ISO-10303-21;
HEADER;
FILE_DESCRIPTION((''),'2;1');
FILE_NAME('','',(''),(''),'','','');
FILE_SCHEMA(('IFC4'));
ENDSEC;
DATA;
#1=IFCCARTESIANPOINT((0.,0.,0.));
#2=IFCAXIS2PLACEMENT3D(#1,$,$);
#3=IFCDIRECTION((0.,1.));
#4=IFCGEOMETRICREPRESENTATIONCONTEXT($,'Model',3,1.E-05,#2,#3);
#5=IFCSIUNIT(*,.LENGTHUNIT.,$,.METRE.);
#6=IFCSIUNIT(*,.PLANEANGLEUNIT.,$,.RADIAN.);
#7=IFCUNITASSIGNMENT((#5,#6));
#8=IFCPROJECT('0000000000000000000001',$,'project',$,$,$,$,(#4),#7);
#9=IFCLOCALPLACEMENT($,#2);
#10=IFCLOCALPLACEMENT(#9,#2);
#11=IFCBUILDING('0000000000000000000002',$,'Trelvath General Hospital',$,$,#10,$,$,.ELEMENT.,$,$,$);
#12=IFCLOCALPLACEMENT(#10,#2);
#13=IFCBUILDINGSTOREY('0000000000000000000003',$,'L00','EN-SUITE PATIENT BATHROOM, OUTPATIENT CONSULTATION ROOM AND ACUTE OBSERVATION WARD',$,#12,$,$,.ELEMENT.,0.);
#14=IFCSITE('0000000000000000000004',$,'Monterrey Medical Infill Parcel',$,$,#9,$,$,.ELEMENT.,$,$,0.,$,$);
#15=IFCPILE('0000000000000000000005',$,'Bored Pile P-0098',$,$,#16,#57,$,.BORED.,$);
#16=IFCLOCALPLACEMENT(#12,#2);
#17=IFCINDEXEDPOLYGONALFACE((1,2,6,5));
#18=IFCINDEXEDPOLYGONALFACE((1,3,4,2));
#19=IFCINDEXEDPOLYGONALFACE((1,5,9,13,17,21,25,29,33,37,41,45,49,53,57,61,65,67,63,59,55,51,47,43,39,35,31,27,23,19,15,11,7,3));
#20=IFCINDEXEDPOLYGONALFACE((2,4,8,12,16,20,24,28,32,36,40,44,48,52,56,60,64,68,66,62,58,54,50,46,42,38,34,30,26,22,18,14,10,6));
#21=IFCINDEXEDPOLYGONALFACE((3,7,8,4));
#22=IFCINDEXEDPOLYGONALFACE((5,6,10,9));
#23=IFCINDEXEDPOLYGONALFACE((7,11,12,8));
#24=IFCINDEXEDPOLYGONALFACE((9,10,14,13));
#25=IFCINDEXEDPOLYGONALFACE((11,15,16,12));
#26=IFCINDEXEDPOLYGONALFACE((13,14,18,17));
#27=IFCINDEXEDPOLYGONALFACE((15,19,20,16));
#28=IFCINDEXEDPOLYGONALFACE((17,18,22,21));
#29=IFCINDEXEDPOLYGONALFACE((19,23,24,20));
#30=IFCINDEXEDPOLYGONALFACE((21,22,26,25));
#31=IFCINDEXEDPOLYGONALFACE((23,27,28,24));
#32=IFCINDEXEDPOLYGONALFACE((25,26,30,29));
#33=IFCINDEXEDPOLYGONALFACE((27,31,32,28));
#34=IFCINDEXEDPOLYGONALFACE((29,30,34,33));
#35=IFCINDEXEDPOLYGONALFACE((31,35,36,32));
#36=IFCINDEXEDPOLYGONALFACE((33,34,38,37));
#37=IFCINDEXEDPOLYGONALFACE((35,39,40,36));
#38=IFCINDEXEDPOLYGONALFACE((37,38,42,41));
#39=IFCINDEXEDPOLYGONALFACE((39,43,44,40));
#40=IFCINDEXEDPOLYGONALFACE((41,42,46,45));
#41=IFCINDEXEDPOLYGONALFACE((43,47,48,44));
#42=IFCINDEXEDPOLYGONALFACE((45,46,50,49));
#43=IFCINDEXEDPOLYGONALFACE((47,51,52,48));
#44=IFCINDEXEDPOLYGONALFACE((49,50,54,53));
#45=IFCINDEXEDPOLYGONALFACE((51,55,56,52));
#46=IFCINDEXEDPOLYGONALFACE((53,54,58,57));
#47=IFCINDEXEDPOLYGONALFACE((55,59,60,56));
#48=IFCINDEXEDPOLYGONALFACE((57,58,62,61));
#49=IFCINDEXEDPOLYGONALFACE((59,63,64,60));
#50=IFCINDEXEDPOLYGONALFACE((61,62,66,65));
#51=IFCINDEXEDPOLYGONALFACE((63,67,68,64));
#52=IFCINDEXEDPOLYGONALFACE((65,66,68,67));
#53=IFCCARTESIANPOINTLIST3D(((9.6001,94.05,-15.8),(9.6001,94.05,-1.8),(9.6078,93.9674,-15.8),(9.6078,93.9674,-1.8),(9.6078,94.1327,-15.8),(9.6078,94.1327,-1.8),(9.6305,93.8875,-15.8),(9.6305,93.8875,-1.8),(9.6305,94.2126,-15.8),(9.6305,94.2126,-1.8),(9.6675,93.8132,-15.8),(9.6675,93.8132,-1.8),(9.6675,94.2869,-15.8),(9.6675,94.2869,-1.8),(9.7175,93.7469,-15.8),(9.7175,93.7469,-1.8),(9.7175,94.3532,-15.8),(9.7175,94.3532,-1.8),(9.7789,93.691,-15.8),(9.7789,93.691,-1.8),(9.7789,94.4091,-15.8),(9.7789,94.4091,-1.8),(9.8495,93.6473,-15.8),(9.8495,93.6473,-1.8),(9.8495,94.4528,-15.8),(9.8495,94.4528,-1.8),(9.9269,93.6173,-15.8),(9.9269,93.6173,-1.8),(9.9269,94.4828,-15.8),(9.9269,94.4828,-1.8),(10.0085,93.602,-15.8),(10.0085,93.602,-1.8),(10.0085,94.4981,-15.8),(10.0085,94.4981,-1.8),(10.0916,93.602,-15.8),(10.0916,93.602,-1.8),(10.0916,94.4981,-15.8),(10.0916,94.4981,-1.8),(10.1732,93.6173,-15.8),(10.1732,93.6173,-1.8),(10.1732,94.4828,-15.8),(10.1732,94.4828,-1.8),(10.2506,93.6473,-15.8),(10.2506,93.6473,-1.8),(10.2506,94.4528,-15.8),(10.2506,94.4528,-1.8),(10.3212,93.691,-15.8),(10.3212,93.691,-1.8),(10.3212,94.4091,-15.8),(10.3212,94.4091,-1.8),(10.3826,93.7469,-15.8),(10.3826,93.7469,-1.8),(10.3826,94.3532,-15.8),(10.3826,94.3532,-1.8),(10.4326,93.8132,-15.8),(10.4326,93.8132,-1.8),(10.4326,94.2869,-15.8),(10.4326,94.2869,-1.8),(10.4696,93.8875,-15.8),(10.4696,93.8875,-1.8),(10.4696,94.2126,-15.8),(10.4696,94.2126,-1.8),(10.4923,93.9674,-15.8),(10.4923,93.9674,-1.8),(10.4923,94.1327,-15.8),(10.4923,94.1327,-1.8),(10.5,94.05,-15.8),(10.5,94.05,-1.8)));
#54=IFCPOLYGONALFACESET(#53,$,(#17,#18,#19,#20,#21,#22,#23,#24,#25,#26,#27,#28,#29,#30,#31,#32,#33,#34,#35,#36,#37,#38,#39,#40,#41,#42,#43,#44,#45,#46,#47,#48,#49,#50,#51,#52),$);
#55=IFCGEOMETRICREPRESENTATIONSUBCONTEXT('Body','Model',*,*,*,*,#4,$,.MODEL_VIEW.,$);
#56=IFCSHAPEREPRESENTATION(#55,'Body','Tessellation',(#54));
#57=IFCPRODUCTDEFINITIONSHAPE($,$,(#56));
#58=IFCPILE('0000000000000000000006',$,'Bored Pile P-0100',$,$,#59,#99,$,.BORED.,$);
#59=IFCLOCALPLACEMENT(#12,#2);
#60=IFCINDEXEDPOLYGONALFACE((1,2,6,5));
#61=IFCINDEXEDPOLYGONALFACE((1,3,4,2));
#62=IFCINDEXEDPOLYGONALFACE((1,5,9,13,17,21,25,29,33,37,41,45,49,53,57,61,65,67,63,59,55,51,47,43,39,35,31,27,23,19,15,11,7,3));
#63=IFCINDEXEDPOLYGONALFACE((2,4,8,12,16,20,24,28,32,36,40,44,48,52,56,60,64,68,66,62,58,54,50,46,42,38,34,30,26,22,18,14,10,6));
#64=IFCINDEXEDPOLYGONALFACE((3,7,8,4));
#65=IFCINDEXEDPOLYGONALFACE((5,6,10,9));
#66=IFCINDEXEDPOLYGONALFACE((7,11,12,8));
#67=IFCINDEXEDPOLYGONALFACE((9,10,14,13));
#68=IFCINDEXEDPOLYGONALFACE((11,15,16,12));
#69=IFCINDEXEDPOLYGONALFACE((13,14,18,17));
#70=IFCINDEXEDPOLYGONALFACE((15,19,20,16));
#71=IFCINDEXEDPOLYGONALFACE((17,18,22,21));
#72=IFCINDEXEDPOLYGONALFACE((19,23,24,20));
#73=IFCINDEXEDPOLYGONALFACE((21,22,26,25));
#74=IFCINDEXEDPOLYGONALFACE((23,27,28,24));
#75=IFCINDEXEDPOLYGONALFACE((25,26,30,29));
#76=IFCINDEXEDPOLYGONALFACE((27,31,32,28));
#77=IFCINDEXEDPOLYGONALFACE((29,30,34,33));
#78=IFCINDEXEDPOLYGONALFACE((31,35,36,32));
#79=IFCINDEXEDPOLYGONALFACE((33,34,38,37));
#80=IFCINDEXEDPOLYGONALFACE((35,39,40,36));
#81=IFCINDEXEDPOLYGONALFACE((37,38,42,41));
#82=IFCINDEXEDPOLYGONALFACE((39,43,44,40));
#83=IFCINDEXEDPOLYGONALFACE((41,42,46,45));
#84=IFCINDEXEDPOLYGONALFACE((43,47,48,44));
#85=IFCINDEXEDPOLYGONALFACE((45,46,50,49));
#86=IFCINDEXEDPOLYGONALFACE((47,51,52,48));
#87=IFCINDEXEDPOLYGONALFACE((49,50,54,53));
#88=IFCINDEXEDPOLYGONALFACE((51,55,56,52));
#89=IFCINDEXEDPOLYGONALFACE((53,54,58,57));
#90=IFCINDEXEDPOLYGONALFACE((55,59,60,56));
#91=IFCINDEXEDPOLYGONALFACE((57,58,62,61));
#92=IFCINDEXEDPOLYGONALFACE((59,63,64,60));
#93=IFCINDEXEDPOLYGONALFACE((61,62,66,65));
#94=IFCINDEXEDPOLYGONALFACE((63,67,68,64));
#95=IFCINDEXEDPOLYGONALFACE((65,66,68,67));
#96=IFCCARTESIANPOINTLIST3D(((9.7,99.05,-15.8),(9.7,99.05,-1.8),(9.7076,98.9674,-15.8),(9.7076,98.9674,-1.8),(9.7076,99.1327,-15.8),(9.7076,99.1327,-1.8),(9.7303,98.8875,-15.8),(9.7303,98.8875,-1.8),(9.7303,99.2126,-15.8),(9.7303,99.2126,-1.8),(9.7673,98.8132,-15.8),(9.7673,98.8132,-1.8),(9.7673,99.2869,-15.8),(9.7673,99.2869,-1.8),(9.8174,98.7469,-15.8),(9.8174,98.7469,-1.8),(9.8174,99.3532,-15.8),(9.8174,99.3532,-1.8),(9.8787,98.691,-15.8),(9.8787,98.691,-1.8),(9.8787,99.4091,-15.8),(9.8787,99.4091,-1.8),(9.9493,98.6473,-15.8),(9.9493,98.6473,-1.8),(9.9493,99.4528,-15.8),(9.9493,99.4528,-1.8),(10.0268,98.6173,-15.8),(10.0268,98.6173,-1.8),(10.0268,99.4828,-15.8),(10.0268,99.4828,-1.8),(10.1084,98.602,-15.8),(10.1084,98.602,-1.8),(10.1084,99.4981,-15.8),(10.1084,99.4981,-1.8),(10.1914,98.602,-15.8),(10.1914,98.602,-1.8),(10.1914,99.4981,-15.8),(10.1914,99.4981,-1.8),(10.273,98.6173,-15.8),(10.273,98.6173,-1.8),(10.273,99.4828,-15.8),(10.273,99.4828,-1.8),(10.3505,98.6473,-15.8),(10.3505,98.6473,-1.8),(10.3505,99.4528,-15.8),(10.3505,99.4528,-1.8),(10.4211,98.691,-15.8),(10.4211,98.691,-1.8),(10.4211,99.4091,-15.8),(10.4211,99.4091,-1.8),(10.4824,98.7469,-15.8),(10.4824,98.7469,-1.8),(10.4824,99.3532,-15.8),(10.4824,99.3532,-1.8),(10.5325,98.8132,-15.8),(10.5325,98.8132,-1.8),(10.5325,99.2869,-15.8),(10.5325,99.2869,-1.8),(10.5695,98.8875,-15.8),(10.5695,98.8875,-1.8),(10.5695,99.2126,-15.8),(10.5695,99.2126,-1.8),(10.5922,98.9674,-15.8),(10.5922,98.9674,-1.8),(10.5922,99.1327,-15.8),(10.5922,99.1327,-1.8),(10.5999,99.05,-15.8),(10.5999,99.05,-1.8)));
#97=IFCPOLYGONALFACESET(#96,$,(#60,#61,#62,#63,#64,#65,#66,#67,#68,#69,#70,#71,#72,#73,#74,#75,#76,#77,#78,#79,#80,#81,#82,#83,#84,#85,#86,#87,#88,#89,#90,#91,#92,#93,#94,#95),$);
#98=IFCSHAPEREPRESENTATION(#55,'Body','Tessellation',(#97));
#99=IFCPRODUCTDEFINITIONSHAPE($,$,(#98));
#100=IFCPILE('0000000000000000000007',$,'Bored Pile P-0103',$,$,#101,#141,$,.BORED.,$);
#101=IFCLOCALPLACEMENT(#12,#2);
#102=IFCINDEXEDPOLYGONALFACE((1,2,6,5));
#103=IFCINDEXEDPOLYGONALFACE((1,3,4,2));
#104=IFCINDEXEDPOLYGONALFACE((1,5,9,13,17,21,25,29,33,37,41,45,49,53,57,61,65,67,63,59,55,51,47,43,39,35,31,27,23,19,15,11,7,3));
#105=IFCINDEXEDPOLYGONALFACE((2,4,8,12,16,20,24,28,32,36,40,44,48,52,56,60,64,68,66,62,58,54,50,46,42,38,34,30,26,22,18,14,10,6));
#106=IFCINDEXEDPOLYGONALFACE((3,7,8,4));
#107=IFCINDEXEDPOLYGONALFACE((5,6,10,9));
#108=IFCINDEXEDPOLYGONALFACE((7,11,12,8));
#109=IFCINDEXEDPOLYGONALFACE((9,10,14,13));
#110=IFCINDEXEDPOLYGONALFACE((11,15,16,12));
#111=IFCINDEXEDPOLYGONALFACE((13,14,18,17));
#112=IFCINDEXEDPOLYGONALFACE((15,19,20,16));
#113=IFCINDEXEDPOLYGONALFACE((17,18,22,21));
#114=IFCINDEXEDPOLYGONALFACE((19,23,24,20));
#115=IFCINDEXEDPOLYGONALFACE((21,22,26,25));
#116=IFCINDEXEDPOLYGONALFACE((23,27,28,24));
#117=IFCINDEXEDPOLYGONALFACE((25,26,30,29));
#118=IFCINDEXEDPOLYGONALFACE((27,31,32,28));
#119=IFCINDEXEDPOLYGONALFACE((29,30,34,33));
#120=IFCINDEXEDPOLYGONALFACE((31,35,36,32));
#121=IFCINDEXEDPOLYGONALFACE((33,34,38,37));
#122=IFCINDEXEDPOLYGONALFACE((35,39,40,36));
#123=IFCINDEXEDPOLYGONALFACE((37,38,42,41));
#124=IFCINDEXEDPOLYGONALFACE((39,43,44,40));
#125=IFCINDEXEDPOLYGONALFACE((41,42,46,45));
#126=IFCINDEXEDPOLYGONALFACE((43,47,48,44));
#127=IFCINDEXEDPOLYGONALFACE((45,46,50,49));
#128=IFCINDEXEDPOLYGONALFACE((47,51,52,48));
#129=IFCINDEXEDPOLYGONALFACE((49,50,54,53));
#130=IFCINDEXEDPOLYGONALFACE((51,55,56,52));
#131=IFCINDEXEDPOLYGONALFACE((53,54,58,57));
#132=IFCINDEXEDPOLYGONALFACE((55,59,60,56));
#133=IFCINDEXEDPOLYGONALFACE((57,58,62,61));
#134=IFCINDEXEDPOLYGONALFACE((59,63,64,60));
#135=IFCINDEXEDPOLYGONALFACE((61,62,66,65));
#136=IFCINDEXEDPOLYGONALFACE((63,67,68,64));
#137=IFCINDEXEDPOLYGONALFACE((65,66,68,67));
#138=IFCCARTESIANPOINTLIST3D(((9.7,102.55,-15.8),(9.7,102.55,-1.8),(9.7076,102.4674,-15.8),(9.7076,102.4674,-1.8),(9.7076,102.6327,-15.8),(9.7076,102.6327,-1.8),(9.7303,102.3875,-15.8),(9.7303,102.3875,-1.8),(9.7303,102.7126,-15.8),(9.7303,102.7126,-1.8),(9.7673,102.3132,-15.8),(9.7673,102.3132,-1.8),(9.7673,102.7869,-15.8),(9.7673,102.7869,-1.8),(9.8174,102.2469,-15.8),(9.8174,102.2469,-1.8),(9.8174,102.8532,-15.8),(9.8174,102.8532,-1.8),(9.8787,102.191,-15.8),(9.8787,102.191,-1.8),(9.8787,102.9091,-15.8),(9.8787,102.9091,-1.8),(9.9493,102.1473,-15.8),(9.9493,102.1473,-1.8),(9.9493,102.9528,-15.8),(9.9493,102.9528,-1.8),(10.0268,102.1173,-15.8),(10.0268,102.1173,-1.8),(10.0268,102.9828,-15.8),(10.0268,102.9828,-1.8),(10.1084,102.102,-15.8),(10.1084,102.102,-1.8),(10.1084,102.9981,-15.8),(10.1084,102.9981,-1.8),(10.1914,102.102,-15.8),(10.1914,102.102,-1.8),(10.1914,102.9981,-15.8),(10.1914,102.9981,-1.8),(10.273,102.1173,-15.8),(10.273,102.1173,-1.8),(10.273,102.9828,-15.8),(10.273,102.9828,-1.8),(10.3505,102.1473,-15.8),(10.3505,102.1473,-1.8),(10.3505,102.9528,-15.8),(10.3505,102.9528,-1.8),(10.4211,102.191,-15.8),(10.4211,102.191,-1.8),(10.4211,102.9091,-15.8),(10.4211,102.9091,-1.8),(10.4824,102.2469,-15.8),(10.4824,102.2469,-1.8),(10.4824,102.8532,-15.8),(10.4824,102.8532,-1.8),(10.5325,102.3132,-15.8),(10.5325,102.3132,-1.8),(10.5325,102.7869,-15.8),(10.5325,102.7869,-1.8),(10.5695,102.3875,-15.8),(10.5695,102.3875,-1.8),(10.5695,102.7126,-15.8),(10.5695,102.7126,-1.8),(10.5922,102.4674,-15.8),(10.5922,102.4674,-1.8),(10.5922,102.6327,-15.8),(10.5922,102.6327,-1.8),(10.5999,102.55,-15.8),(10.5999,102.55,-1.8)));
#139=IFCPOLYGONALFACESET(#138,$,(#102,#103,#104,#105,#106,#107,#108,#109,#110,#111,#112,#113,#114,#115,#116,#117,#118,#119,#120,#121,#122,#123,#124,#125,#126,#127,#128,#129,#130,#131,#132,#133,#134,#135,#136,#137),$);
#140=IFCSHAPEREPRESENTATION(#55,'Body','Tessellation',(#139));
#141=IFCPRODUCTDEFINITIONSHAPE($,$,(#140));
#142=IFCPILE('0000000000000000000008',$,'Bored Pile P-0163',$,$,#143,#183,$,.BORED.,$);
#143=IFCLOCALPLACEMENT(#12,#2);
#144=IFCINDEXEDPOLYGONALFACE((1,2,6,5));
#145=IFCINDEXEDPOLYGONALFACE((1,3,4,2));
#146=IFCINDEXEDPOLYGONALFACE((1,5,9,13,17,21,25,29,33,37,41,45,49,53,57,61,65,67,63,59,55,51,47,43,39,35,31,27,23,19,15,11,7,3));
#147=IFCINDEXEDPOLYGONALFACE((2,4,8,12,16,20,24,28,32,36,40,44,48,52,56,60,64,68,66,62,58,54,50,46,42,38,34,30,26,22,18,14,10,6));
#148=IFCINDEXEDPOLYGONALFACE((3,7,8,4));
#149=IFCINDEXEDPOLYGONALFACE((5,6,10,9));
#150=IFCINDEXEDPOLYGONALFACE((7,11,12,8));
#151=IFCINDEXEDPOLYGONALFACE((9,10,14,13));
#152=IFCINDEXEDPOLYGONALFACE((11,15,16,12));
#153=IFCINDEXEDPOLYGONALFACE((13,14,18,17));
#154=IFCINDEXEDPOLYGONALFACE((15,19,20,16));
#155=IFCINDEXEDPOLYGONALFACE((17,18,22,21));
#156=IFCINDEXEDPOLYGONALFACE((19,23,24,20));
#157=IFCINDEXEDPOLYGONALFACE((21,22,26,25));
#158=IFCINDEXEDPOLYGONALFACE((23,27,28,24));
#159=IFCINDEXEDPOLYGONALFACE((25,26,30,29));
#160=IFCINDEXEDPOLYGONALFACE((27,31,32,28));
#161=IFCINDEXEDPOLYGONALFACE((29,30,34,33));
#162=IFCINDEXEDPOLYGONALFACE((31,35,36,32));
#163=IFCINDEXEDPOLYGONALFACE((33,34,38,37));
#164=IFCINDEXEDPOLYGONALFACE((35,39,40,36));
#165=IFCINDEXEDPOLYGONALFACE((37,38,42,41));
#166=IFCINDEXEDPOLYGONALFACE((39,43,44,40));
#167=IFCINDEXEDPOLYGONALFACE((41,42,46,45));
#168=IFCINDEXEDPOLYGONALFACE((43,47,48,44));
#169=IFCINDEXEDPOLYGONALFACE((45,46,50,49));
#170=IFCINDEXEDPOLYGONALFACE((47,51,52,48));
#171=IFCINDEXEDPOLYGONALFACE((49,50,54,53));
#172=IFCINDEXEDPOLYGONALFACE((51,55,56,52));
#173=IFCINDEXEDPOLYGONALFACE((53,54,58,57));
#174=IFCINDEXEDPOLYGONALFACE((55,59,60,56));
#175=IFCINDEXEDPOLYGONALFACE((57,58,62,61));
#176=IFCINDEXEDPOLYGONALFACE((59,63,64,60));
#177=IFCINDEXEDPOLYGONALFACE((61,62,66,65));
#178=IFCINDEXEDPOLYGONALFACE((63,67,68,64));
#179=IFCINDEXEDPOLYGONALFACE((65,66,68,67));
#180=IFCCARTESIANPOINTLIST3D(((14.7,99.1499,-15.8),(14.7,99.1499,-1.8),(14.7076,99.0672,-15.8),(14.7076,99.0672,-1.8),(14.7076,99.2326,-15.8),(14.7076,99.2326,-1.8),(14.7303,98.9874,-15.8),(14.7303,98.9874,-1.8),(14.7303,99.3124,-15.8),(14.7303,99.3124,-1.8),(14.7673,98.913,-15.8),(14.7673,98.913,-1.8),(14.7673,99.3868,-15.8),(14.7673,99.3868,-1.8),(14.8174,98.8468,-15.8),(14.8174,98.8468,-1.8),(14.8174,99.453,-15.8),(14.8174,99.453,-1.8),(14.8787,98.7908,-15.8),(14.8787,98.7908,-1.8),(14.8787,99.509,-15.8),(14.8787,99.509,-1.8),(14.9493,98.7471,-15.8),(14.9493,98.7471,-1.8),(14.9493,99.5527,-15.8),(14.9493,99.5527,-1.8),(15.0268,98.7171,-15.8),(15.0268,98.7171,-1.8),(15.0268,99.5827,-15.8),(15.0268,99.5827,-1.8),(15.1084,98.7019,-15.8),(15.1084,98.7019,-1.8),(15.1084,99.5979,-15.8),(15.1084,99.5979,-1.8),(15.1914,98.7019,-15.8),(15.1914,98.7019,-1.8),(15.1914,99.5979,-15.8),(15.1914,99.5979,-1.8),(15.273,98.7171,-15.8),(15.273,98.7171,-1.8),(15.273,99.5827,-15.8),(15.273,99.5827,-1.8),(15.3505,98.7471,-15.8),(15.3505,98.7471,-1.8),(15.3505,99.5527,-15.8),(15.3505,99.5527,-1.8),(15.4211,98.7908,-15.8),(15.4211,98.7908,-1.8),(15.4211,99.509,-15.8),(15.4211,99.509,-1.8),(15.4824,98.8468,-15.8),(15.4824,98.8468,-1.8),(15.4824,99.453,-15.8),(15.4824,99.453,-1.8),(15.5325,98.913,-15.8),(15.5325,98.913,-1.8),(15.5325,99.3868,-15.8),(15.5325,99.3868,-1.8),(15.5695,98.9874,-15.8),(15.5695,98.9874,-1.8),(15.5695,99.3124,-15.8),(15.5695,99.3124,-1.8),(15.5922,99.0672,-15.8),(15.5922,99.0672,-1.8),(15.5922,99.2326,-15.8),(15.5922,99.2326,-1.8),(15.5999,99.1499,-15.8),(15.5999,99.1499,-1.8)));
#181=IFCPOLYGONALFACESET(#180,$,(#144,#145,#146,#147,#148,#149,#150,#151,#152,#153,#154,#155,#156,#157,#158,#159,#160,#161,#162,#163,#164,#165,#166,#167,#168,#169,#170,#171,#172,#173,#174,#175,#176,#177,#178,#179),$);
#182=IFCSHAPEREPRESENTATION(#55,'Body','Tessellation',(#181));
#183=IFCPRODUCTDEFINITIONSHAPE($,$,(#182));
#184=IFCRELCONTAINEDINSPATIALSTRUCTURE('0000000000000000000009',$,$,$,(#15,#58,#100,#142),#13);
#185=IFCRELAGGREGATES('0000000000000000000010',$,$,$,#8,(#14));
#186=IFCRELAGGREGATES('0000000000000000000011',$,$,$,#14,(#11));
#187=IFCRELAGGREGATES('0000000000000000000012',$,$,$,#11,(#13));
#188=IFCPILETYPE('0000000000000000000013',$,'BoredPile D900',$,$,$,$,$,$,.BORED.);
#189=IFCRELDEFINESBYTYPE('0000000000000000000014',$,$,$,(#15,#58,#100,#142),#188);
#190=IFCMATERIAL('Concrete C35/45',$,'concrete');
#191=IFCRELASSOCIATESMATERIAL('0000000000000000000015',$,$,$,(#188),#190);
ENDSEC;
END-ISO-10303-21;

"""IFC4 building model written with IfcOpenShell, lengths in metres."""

from ifc_helpers import new_model, si_unit, direction, frame, origin, origin_2d, place, context, subcontext, project, spatial, circle, extrude, material, material_profile, profile_set, type_object, element, save


model = new_model("IFC4")

# Units and contexts
model_context = context("Model", 3, precision=1e-05, world=origin(), true_north=direction((0.0, 1.0)))
body_context = subcontext(model_context, "Body", "Model", "MODEL_VIEW")
ifc_project = project(units=[si_unit("LENGTHUNIT", "METRE"), si_unit("PLANEANGLEUNIT", "RADIAN")], contexts=[model_context])

# Site, building, storey
site_placement = place(None, origin())
site = spatial("IfcSite", under=ifc_project, at=site_placement, Name="Monterrey Medical Infill Parcel", CompositionType="ELEMENT", RefElevation=0.0)
building_placement = place(site_placement, origin())
building = spatial("IfcBuilding", under=site, at=building_placement, Name="Trelvath General Hospital", CompositionType="ELEMENT")
storey_placement = place(building_placement, origin())
storey = spatial("IfcBuildingStorey", under=building, at=storey_placement, Name="L00", Description="EN-SUITE PATIENT BATHROOM, OUTPATIENT CONSULTATION ROOM AND ACUTE OBSERVATION WARD", CompositionType="ELEMENT", Elevation=0.0)

# Piles
ifc_material_1 = material(Name="Concrete C35/45", Category="concrete")
ifc_material_profile_1 = material_profile(ifc_material_1, circle(Radius=0.45, at=origin_2d()), Name="PILE900")
ifc_profile_set_1 = profile_set([ifc_material_profile_1], Name="Concrete C35/45")
pile_type_1 = type_object("IfcPileType", Name="BoredPile D900", PredefinedType="BORED", material=ifc_profile_set_1)
for number, where, z_axis, x_axis, name in (
    (1, (10.05, 94.05, -1.8), (0.0, 0.0, -1.0), (1.0, 0.0, 0.0), "Bored Pile P-0098"),
    (2, (10.1499, 99.05, -1.8), (0.0, 0.0, -1.0), (1.0, 0.0, 0.0), "Bored Pile P-0100"),
    (3, (10.1499, 102.55, -1.8), (0.0, 0.0, -1.0), (1.0, 0.0, 0.0), "Bored Pile P-0103"),
    (4, (15.1499, 99.1499, -1.8), (0.0, 0.0, -1.0), (1.0, 0.0, 0.0), "Bored Pile P-0163"),
):
    element("IfcPile", number, at=place(storey_placement, frame(where, z_axis=z_axis, x_axis=x_axis)), inside=storey, type_object=pile_type_1, Name=name, PredefinedType="BORED", context=body_context, shape_type="SweptSolid", body=[
        extrude(circle(Radius=0.45, at=origin_2d()), origin(), (0.0, 0.0, 1.0), 14.0),
    ])

save(model, "model.ifc")
